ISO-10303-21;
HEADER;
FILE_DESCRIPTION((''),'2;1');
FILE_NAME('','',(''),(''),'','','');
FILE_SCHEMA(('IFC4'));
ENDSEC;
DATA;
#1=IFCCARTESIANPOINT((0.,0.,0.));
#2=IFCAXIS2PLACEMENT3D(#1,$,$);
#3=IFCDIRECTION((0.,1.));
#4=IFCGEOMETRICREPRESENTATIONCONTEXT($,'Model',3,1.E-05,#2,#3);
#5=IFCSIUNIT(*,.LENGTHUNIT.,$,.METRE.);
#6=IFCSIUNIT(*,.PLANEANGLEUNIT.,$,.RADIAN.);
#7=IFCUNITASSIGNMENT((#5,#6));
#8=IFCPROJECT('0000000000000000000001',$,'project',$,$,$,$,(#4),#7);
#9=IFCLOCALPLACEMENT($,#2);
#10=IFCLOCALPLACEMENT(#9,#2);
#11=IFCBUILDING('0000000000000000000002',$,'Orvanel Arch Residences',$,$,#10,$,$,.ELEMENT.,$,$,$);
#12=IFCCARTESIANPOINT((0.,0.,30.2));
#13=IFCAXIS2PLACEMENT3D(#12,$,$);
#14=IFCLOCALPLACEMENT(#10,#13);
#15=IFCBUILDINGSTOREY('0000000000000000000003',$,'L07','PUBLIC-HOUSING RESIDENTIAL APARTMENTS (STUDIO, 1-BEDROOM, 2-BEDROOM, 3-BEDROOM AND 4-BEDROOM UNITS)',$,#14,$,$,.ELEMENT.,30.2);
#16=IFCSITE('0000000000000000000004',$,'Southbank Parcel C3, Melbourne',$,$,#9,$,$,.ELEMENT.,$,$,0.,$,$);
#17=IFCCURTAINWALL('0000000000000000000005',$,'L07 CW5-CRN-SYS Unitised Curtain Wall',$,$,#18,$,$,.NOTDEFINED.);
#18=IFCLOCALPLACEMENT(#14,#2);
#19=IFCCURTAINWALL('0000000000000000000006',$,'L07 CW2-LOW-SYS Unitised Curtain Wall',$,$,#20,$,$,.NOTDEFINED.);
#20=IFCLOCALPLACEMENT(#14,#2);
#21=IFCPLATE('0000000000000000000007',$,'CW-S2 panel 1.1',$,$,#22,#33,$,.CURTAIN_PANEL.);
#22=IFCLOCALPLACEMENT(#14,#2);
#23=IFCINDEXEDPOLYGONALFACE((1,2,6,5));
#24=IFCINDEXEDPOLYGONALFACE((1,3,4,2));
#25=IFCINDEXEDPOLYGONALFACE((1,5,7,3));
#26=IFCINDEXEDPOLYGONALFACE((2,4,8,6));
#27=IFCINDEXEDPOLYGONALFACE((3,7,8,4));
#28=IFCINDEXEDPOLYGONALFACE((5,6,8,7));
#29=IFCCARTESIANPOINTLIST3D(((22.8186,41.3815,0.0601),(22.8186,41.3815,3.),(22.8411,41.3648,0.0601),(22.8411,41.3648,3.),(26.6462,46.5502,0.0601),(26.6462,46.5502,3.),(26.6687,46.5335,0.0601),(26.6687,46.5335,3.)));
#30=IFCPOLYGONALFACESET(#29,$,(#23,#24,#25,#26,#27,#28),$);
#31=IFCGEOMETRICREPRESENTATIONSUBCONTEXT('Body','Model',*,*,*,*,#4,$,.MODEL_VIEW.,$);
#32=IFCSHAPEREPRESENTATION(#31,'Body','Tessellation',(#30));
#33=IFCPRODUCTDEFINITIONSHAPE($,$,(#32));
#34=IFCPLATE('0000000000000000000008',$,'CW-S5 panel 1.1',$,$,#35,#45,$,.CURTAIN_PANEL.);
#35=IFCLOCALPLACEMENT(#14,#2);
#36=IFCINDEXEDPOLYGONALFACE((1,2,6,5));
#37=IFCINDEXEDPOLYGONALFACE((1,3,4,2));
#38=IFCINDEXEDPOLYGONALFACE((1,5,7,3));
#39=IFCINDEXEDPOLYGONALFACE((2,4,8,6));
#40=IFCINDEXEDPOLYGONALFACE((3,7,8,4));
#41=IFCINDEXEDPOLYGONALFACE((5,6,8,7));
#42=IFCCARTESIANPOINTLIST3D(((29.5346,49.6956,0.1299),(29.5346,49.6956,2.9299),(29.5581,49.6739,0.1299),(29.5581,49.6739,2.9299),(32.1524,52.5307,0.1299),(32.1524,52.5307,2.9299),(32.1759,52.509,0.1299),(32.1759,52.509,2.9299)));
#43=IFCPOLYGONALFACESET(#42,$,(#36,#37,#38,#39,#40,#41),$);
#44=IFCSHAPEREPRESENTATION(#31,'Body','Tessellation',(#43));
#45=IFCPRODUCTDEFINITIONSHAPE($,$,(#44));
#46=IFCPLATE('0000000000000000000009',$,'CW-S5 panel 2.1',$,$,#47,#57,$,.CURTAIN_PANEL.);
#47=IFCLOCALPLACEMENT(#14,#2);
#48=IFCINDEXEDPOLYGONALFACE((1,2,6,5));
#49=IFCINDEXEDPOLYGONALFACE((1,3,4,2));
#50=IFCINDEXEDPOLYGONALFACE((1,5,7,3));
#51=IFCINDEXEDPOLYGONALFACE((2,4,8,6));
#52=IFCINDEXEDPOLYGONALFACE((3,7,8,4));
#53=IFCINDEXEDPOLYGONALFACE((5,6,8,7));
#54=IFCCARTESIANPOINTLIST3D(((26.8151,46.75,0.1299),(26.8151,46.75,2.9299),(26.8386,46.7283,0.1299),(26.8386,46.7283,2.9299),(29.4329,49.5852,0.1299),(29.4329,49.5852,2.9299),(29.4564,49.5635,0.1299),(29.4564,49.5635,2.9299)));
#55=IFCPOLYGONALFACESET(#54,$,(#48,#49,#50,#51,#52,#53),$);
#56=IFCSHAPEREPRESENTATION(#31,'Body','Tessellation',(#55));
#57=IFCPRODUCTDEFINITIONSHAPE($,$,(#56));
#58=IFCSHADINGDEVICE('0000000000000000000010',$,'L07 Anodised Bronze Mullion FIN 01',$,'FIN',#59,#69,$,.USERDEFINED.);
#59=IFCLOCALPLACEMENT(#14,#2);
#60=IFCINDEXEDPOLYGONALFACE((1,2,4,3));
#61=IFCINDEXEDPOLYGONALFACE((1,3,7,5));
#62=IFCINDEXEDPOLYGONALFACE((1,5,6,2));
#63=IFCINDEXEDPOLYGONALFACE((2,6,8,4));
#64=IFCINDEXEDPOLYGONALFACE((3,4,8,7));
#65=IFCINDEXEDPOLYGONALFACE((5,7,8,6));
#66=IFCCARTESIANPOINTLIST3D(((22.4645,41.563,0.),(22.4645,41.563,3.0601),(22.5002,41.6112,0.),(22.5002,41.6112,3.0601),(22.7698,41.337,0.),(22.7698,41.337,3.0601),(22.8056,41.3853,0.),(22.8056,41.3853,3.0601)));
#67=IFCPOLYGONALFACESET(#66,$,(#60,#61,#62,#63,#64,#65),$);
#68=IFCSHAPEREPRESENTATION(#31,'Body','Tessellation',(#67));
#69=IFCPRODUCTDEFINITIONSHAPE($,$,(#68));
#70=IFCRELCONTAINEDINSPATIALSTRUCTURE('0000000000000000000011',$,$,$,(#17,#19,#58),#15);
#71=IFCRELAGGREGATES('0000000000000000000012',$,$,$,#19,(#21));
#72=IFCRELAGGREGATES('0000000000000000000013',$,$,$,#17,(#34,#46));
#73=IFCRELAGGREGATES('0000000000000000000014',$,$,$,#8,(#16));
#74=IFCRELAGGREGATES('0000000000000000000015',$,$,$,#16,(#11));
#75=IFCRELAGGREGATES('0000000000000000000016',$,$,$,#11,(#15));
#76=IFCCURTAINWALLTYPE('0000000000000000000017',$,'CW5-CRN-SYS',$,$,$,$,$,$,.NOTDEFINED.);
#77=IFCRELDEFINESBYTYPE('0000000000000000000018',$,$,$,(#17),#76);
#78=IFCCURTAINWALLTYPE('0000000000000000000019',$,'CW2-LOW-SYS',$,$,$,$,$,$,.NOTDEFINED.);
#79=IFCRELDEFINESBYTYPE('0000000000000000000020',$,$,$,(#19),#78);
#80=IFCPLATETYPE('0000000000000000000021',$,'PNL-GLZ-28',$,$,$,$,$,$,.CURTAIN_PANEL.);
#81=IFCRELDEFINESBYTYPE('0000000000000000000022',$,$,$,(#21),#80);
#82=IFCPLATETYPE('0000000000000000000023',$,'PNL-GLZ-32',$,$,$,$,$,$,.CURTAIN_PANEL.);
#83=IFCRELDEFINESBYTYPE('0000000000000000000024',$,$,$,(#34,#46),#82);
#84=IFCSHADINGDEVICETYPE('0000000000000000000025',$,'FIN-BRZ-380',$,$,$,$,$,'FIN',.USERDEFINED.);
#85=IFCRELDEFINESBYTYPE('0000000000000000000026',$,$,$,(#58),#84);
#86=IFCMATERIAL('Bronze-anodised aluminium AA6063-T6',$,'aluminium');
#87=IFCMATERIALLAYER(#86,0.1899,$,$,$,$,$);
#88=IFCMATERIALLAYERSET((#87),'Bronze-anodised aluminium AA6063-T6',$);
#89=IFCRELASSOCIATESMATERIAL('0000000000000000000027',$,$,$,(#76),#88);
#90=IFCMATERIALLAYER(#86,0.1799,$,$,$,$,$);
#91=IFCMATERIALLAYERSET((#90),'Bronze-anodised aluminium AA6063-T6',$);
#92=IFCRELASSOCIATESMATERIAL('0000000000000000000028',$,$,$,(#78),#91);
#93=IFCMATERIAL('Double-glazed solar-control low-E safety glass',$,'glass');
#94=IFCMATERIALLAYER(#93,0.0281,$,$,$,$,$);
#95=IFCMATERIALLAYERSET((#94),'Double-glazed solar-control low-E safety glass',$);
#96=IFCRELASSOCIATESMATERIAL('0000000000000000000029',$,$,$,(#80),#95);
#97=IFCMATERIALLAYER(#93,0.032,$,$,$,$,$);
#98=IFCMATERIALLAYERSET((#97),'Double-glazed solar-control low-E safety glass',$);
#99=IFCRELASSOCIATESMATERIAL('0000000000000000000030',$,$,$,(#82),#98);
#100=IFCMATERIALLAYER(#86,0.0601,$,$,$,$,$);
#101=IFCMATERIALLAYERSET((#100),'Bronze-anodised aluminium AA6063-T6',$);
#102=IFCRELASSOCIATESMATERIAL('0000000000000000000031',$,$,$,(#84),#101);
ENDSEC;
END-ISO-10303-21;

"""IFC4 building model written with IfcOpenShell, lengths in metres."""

from ifc_helpers import new_model, si_unit, direction, frame, origin, origin_2d, place, context, subcontext, project, spatial, rectangle, extrude, material, layer, layer_set, type_object, element, aggregate, save


model = new_model("IFC4")

# Units and contexts
model_context = context("Model", 3, precision=1e-05, world=origin(), true_north=direction((0.0, 1.0)))
body_context = subcontext(model_context, "Body", "Model", "MODEL_VIEW")
ifc_project = project(units=[si_unit("LENGTHUNIT", "METRE"), si_unit("PLANEANGLEUNIT", "RADIAN")], contexts=[model_context])

# Site, building, storey
site_placement = place(None, origin())
site = spatial("IfcSite", under=ifc_project, at=site_placement, Name="Southbank Parcel C3, Melbourne", CompositionType="ELEMENT", RefElevation=0.0)
building_placement = place(site_placement, origin())
building = spatial("IfcBuilding", under=site, at=building_placement, Name="Orvanel Arch Residences", CompositionType="ELEMENT")
storey_placement = place(building_placement, frame((0.0, 0.0, 30.2)))
storey = spatial("IfcBuildingStorey", under=building, at=storey_placement, Name="L07", Description="PUBLIC-HOUSING RESIDENTIAL APARTMENTS (STUDIO, 1-BEDROOM, 2-BEDROOM, 3-BEDROOM AND 4-BEDROOM UNITS)", CompositionType="ELEMENT", Elevation=30.2)

# Shared definitions
ifc_material_1 = material(Name="Bronze-anodised aluminium AA6063-T6", Category="aluminium")
ifc_layer_1 = layer(ifc_material_1, 0.1899)
ifc_layer_set_1 = layer_set([ifc_layer_1], Name="Bronze-anodised aluminium AA6063-T6")
curtain_wall_type_1 = type_object("IfcCurtainWallType", Name="CW5-CRN-SYS", PredefinedType="NOTDEFINED", material=ifc_layer_set_1)

# Curtain walls
curtain_wall_1_placement = place(storey_placement, origin())
curtain_wall_1 = element("IfcCurtainWall", 1, at=curtain_wall_1_placement, inside=storey, type_object=curtain_wall_type_1, Name="L07 CW5-CRN-SYS Unitised Curtain Wall", PredefinedType="NOTDEFINED")
ifc_layer_2 = layer(ifc_material_1, 0.1799)
ifc_layer_set_2 = layer_set([ifc_layer_2], Name="Bronze-anodised aluminium AA6063-T6")
curtain_wall_type_2 = type_object("IfcCurtainWallType", Name="CW2-LOW-SYS", PredefinedType="NOTDEFINED", material=ifc_layer_set_2)
curtain_wall_2_placement = place(storey_placement, origin())
curtain_wall_2 = element("IfcCurtainWall", 2, at=curtain_wall_2_placement, inside=storey, type_object=curtain_wall_type_2, Name="L07 CW2-LOW-SYS Unitised Curtain Wall", PredefinedType="NOTDEFINED")

# Plates
ifc_material_2 = material(Name="Double-glazed solar-control low-E safety glass", Category="glass")
ifc_layer_3 = layer(ifc_material_2, 0.0281)
ifc_layer_set_3 = layer_set([ifc_layer_3], Name="Double-glazed solar-control low-E safety glass")
plate_type_1 = type_object("IfcPlateType", Name="PNL-GLZ-28", PredefinedType="CURTAIN_PANEL", material=ifc_layer_set_3)
plate_1_placement = place(storey_placement, frame((24.7437, 43.9575, 0.0601), z_axis=(0.0, 0.0, 1.0), x_axis=(-0.595118, -0.803638, 0.0)))
plate_1 = element("IfcPlate", 3, at=plate_1_placement, type_object=plate_type_1, Name="CW-S2 panel 1.1", PredefinedType="CURTAIN_PANEL", context=body_context, shape_type="SweptSolid", body=[
    extrude(rectangle(XDim=6.4316, YDim=0.0281, at=origin_2d()), origin(), (0.0, 0.0, 1.0), 2.9399),
])
aggregate(curtain_wall_2, [plate_1])
ifc_layer_4 = layer(ifc_material_2, 0.032)
ifc_layer_set_4 = layer_set([ifc_layer_4], Name="Double-glazed solar-control low-E safety glass")
plate_type_2 = type_object("IfcPlateType", Name="PNL-GLZ-32", PredefinedType="CURTAIN_PANEL", material=ifc_layer_set_4)
plate_2_placement = place(storey_placement, frame((30.8552, 51.1023, 0.1299), z_axis=(0.0, 0.0, 1.0), x_axis=(-0.678387, -0.734705, 0.0)))
plate_2 = element("IfcPlate", 4, at=plate_2_placement, type_object=plate_type_2, Name="CW-S5 panel 1.1", PredefinedType="CURTAIN_PANEL", context=body_context, shape_type="SweptSolid", body=[
    extrude(rectangle(XDim=3.8589, YDim=0.032, at=origin_2d()), origin(), (0.0, 0.0, 1.0), 2.8),
])
plate_3_placement = place(storey_placement, frame((28.1357, 48.1567, 0.1299), z_axis=(0.0, 0.0, 1.0), x_axis=(-0.678387, -0.734705, 0.0)))
plate_3 = element("IfcPlate", 5, at=plate_3_placement, type_object=plate_type_2, Name="CW-S5 panel 2.1", PredefinedType="CURTAIN_PANEL", context=body_context, shape_type="SweptSolid", body=[
    extrude(rectangle(XDim=3.8589, YDim=0.032, at=origin_2d()), origin(), (0.0, 0.0, 1.0), 2.8),
])
aggregate(curtain_wall_1, [plate_2, plate_3])

# Shading device
ifc_layer_5 = layer(ifc_material_1, 0.0601)
ifc_layer_set_5 = layer_set([ifc_layer_5], Name="Bronze-anodised aluminium AA6063-T6")
shading_device_type = type_object("IfcShadingDeviceType", Name="FIN-BRZ-380", ElementType="FIN", PredefinedType="USERDEFINED", material=ifc_layer_set_5)
shading_device_placement = place(storey_placement, frame((22.635, 41.4741, 0.0), z_axis=(0.0, 0.0, 1.0), x_axis=(-0.803857, 0.594823, 0.0)))
element("IfcShadingDevice", 6, at=shading_device_placement, inside=storey, type_object=shading_device_type, Name="L07 Anodised Bronze Mullion FIN 01", ObjectType="FIN", PredefinedType="USERDEFINED", context=body_context, shape_type="SweptSolid", body=[
    extrude(rectangle(XDim=0.3799, YDim=0.0601, at=origin_2d()), origin(), (0.0, 0.0, 1.0), 3.0601),
])

save(model, "model.ifc")
